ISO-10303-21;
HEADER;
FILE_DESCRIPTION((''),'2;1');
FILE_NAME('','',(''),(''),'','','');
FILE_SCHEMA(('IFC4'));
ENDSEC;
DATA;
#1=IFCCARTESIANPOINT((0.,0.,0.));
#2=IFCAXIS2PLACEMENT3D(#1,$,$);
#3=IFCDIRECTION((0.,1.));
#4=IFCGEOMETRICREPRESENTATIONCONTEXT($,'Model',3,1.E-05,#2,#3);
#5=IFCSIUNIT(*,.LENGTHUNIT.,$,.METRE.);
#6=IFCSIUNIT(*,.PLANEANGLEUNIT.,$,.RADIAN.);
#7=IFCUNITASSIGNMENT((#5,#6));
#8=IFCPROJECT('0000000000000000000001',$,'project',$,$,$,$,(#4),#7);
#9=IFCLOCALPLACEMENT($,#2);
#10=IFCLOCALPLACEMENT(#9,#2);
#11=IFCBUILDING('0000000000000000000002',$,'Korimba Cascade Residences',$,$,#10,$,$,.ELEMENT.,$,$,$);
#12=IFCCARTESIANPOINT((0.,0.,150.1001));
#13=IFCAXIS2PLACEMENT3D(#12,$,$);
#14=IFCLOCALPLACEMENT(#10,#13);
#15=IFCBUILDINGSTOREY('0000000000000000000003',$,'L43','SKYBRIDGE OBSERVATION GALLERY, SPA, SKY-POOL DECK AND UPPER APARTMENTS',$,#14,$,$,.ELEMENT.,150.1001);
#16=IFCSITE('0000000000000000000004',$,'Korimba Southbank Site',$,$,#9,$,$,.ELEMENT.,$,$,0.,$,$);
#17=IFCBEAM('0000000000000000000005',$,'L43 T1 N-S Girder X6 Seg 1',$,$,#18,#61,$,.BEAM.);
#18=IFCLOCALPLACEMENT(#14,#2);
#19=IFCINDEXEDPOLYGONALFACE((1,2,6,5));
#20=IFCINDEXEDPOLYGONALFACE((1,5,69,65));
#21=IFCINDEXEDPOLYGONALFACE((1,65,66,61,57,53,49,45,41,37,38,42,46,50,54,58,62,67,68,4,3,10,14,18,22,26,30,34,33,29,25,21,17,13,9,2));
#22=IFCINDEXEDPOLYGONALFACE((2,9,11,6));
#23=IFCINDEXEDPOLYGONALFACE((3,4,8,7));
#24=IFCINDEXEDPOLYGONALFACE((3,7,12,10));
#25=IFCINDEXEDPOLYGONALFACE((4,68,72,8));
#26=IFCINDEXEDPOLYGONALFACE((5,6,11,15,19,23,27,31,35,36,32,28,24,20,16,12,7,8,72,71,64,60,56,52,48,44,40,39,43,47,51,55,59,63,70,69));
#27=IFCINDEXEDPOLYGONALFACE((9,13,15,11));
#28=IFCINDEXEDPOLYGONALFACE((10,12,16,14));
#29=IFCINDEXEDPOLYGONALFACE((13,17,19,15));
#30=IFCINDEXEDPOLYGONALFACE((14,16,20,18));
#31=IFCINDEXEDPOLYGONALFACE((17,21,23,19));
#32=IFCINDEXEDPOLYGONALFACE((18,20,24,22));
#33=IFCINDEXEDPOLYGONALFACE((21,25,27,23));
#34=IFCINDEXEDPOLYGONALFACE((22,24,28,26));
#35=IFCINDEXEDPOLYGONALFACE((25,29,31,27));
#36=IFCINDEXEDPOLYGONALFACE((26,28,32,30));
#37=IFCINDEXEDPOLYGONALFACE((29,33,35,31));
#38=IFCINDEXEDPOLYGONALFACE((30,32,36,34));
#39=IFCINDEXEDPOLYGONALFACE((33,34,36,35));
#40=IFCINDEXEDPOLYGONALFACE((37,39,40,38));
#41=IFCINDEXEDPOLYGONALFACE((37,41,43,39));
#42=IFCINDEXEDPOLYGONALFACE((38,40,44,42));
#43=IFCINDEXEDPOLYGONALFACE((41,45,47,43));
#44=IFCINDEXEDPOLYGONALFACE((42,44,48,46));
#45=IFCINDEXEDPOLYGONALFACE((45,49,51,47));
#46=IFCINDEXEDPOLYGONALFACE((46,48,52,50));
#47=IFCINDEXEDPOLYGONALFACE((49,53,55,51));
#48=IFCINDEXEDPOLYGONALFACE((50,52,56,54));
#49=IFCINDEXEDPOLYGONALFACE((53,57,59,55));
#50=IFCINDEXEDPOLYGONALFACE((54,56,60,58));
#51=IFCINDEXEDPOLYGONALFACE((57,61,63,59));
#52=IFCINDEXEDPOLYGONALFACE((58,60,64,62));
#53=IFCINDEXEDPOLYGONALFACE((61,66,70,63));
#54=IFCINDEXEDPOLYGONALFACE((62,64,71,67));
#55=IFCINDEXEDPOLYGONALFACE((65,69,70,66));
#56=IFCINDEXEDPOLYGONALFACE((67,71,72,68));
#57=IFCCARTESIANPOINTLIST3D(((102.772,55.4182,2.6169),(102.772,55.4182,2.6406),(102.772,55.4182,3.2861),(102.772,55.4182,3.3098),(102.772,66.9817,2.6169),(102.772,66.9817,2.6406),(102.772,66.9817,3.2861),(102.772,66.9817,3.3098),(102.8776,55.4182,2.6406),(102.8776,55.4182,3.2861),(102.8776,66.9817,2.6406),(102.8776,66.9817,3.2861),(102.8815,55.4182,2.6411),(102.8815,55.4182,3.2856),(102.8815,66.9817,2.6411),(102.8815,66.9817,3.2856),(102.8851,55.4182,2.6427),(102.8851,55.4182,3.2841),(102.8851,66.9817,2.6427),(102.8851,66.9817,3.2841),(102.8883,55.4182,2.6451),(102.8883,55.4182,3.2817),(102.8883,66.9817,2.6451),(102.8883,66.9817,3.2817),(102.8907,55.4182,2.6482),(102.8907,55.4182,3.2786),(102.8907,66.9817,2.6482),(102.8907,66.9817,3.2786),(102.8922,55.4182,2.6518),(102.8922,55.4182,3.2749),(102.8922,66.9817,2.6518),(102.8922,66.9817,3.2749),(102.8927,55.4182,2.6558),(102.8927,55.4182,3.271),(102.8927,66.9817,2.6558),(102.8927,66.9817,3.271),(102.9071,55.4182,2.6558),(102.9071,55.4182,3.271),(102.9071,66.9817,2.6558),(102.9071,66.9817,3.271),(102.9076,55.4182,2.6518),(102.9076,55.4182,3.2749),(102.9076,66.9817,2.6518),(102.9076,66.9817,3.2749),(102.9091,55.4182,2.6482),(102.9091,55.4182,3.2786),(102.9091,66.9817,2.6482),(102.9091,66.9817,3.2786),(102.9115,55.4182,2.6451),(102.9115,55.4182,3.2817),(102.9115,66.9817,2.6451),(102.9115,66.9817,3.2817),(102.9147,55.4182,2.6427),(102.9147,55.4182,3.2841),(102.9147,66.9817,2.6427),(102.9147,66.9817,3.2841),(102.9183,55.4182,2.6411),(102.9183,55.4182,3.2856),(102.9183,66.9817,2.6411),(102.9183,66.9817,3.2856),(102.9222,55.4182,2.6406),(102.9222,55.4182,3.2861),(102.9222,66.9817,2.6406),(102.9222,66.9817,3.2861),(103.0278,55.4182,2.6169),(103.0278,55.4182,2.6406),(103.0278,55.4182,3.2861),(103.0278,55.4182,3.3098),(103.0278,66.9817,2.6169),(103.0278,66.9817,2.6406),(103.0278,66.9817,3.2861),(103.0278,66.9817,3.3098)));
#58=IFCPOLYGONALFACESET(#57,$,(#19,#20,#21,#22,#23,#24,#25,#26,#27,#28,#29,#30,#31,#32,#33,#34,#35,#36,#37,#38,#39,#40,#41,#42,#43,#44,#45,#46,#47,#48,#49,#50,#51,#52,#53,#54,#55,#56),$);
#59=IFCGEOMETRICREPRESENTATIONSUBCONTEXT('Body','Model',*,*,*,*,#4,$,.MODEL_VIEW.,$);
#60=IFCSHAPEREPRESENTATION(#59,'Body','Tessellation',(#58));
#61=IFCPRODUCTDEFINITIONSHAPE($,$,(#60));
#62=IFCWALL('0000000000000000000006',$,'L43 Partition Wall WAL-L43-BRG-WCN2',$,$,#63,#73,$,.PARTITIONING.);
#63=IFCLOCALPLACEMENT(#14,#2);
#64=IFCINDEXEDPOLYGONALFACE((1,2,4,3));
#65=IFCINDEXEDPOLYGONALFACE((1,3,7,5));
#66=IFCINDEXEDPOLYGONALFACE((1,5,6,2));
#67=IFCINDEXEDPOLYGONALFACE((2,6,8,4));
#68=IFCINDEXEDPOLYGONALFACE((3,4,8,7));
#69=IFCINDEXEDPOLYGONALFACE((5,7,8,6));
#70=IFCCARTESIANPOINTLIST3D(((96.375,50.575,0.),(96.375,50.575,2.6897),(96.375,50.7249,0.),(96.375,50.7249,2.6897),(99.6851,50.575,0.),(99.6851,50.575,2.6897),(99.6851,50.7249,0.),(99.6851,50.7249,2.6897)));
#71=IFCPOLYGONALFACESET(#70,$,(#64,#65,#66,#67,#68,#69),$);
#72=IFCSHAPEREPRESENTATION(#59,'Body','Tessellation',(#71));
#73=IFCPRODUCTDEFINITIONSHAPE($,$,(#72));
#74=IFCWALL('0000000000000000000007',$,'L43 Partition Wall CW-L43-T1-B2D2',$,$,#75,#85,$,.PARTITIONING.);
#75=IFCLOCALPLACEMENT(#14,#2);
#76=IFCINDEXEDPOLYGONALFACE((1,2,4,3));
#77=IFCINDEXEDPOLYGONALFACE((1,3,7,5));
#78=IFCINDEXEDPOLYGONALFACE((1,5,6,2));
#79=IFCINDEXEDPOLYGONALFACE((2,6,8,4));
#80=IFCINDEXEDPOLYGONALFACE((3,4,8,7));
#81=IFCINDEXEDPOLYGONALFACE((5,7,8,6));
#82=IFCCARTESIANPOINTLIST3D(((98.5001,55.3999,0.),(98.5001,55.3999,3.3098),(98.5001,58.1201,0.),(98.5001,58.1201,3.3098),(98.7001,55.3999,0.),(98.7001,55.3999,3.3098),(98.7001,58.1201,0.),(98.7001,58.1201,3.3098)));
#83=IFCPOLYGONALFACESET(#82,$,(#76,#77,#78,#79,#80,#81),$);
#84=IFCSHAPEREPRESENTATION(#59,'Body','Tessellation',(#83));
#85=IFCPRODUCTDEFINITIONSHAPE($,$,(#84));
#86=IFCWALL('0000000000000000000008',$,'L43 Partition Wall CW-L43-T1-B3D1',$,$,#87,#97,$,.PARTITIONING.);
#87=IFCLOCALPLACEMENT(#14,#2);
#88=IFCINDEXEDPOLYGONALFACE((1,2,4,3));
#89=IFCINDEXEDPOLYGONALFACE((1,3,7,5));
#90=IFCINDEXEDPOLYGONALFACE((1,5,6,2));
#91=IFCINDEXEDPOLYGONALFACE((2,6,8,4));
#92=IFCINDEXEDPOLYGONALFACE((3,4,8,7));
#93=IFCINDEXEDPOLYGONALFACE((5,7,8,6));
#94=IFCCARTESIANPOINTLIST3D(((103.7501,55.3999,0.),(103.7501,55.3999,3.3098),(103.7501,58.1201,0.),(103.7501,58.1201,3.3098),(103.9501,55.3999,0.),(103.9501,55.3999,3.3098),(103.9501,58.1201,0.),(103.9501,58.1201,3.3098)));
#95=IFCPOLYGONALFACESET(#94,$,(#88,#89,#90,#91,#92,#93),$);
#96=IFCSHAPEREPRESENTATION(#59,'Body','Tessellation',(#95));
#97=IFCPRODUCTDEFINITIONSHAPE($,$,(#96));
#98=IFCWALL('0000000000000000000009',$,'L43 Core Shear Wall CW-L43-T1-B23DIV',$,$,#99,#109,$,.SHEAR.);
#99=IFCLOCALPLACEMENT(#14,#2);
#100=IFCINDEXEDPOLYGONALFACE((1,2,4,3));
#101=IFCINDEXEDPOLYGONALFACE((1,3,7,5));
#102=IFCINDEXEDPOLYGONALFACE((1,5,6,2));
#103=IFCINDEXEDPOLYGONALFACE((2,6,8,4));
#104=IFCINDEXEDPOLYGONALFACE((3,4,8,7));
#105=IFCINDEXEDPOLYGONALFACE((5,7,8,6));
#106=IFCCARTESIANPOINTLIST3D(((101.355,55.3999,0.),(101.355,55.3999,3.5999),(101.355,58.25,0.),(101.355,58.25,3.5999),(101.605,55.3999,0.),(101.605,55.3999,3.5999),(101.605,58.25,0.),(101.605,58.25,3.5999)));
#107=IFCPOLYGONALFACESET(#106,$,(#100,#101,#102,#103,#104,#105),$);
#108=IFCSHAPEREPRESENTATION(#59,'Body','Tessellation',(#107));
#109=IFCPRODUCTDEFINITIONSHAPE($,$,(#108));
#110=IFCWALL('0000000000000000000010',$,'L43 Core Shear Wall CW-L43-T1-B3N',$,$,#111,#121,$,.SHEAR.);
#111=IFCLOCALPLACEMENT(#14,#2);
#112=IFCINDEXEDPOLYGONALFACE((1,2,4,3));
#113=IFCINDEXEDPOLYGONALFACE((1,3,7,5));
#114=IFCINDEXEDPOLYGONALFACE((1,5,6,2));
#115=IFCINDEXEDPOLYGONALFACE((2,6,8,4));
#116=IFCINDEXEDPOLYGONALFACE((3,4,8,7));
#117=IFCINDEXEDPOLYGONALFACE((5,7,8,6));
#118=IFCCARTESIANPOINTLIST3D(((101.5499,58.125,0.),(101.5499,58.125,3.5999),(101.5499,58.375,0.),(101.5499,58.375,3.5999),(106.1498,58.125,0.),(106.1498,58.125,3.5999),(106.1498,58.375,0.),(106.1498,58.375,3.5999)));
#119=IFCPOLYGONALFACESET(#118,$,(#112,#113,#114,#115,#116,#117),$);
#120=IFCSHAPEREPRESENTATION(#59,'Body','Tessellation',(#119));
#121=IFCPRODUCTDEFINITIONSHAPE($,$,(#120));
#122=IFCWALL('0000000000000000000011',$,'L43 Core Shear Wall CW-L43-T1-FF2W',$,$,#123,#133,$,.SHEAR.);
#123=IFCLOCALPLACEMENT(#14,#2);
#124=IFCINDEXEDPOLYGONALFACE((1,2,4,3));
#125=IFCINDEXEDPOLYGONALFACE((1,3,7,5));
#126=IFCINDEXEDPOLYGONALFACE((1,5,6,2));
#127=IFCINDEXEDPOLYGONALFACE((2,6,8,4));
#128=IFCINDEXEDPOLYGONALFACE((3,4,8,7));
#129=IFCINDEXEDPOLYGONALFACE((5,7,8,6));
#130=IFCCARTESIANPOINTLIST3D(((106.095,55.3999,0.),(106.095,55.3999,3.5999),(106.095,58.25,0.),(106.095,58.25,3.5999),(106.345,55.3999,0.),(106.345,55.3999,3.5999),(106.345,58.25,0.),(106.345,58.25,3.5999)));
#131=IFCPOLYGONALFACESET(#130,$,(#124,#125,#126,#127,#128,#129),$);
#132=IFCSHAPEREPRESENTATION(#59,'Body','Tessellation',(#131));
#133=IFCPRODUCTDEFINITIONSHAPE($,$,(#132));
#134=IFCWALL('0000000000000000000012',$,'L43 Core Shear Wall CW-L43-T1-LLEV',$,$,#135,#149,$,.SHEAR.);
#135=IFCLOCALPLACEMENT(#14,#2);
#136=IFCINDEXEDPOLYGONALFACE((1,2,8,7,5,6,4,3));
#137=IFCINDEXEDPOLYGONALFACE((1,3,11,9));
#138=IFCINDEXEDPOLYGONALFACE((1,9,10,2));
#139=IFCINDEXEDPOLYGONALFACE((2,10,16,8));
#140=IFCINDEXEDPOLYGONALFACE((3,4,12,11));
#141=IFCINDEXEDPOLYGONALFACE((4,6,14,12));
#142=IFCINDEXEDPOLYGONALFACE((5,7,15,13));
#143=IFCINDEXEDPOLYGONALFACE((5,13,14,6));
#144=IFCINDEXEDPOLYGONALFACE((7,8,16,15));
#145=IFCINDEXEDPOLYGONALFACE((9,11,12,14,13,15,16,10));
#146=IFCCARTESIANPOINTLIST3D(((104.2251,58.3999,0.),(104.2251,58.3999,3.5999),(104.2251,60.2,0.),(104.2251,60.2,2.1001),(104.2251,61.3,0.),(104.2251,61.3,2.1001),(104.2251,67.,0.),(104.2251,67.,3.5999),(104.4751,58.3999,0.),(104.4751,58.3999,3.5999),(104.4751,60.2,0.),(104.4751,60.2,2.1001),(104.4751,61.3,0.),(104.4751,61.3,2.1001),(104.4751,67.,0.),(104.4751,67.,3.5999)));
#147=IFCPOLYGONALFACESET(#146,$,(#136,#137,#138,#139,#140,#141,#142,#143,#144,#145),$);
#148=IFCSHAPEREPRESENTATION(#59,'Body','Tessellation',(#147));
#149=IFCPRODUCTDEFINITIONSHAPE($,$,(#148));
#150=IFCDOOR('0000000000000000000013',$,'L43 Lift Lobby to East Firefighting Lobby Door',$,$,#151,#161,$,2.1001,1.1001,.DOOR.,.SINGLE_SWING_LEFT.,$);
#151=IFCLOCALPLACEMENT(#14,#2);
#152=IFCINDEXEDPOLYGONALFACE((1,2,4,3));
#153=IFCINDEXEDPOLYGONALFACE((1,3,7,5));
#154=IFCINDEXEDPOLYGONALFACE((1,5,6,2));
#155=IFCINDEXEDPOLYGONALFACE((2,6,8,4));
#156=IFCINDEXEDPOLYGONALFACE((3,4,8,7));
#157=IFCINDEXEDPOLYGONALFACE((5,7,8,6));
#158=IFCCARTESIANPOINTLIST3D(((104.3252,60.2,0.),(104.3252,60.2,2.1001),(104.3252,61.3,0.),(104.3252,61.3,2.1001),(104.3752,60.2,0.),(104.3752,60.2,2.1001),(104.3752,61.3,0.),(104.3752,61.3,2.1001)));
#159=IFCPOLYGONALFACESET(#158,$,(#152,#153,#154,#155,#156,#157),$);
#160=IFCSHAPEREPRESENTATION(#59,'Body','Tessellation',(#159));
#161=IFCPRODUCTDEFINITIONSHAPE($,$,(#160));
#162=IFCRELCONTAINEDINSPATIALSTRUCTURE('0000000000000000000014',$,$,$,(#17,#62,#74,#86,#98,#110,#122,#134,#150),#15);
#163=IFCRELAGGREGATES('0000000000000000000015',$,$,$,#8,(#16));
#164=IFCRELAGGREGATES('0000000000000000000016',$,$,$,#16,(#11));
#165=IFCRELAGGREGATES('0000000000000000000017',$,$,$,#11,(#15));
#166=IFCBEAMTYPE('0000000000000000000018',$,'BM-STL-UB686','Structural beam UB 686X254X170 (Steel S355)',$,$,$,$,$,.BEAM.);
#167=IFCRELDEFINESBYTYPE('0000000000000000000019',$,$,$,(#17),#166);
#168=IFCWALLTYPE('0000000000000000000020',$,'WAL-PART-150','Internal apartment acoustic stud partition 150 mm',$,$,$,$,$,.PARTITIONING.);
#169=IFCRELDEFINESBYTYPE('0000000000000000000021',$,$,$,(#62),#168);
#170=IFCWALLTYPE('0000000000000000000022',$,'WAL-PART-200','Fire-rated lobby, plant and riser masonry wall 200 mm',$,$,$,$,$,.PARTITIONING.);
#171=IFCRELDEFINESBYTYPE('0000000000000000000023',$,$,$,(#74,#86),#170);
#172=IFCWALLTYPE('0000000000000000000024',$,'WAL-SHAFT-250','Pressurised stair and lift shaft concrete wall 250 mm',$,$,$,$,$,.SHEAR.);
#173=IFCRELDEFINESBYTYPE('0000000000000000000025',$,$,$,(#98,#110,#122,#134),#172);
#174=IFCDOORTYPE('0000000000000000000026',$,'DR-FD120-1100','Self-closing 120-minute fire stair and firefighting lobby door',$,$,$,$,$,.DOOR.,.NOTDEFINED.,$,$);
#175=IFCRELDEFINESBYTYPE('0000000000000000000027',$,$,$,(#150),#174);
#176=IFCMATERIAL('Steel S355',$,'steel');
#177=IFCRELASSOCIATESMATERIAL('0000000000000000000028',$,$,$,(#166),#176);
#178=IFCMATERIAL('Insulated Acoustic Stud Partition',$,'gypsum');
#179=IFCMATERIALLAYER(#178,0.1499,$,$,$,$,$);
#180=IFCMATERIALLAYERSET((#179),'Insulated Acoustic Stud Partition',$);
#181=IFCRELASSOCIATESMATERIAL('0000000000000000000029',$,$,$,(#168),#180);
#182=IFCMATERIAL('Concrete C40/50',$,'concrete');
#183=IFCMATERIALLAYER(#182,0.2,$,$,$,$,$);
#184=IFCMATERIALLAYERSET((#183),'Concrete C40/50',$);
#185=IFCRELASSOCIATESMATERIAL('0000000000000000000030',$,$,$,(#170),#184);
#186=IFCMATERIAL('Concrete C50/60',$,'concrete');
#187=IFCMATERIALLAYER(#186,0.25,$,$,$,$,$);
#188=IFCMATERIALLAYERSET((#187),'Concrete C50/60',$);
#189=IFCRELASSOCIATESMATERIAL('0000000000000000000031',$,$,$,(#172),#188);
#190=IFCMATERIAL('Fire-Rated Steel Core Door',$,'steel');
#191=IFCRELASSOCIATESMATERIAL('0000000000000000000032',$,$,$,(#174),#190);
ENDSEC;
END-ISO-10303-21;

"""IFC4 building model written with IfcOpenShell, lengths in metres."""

from ifc_helpers import new_model, si_unit, direction, frame, frame_2d, origin, origin_2d, place, context, subcontext, project, spatial, rectangle, i_section, extrude, material, layer, layer_set, material_profile, profile_set, type_object, element, fill, save


model = new_model("IFC4")

# Units and contexts
model_context = context("Model", 3, precision=1e-05, world=origin(), true_north=direction((0.0, 1.0)))
body_context = subcontext(model_context, "Body", "Model", "MODEL_VIEW")
ifc_project = project(units=[si_unit("LENGTHUNIT", "METRE"), si_unit("PLANEANGLEUNIT", "RADIAN")], contexts=[model_context])

# Site, building, storey
site_placement = place(None, origin())
site = spatial("IfcSite", under=ifc_project, at=site_placement, Name="Korimba Southbank Site", CompositionType="ELEMENT", RefElevation=0.0)
building_placement = place(site_placement, origin())
building = spatial("IfcBuilding", under=site, at=building_placement, Name="Korimba Cascade Residences", CompositionType="ELEMENT")
storey_placement = place(building_placement, frame((0.0, 0.0, 150.1001)))
storey = spatial("IfcBuildingStorey", under=building, at=storey_placement, Name="L43", Description="SKYBRIDGE OBSERVATION GALLERY, SPA, SKY-POOL DECK AND UPPER APARTMENTS", CompositionType="ELEMENT", Elevation=150.1001)

# Beam
ifc_material_1 = material(Name="Steel S355", Category="steel")
ifc_material_profile_1 = material_profile(ifc_material_1, i_section(OverallWidth=0.2559, OverallDepth=0.6929, WebThickness=0.0144, FlangeThickness=0.0237, FilletRadius=0.0151, at=origin_2d()), Name="Steel S355")
ifc_profile_set_1 = profile_set([ifc_material_profile_1], Name="Steel S355")
beam_type_1 = type_object("IfcBeamType", Name="BM-STL-UB686", Description="Structural beam UB 686X254X170 (Steel S355)", PredefinedType="BEAM", material=ifc_profile_set_1)
beam_1_placement = place(storey_placement, frame((102.8999, 55.4182, 2.9634), z_axis=(0.0, 1.0, 0.0), x_axis=(-1.0, 0.0, 0.0)))
element("IfcBeam", 1, at=beam_1_placement, inside=storey, type_object=beam_type_1, Name="L43 T1 N-S Girder X6 Seg 1", PredefinedType="BEAM", context=body_context, shape_type="SweptSolid", body=[
    extrude(i_section(OverallWidth=0.2559, OverallDepth=0.6929, WebThickness=0.0144, FlangeThickness=0.0237, FilletRadius=0.0151, at=origin_2d()), origin(), (0.0, 0.0, 1.0), 11.5635),
])

# Walls
ifc_material_2 = material(Name="Insulated Acoustic Stud Partition", Category="gypsum")
ifc_layer_1 = layer(ifc_material_2, 0.1499)
ifc_layer_set_1 = layer_set([ifc_layer_1], Name="Insulated Acoustic Stud Partition")
wall_type_1 = type_object("IfcWallType", Name="WAL-PART-150", Description="Internal apartment acoustic stud partition 150 mm", PredefinedType="PARTITIONING", material=ifc_layer_set_1)
wall_1_placement = place(storey_placement, frame((96.375, 50.6499, 0.0), z_axis=(0.0, 0.0, 1.0), x_axis=(1.0, 0.0, 0.0)))
element("IfcWall", 2, at=wall_1_placement, inside=storey, type_object=wall_type_1, Name="L43 Partition Wall WAL-L43-BRG-WCN2", PredefinedType="PARTITIONING", context=body_context, shape_type="SweptSolid", body=[
    extrude(rectangle(XDim=3.3101, YDim=0.1499, at=frame_2d((1.655, 0.0))), origin(), (0.0, 0.0, 1.0), 2.6897),
])
ifc_material_3 = material(Name="Concrete C40/50", Category="concrete")
ifc_layer_2 = layer(ifc_material_3, 0.2)
ifc_layer_set_2 = layer_set([ifc_layer_2], Name="Concrete C40/50")
wall_type_2 = type_object("IfcWallType", Name="WAL-PART-200", Description="Fire-rated lobby, plant and riser masonry wall 200 mm", PredefinedType="PARTITIONING", material=ifc_layer_set_2)
for number, where, z_axis, x_axis, name in (
    (3, (98.6001, 55.3999, 0.0), (0.0, 0.0, 1.0), (0.0, 1.0, 0.0), "L43 Partition Wall CW-L43-T1-B2D2"),
    (4, (103.8501, 55.3999, 0.0), (0.0, 0.0, 1.0), (0.0, 1.0, 0.0), "L43 Partition Wall CW-L43-T1-B3D1"),
):
    element("IfcWall", number, at=place(storey_placement, frame(where, z_axis=z_axis, x_axis=x_axis)), inside=storey, type_object=wall_type_2, Name=name, PredefinedType="PARTITIONING", context=body_context, shape_type="SweptSolid", body=[
        extrude(rectangle(XDim=2.7202, YDim=0.2, at=frame_2d((1.3601, 0.0))), origin(), (0.0, 0.0, 1.0), 3.3098),
    ])
ifc_material_4 = material(Name="Concrete C50/60", Category="concrete")
ifc_layer_3 = layer(ifc_material_4, 0.25)
ifc_layer_set_3 = layer_set([ifc_layer_3], Name="Concrete C50/60")
wall_type_3 = type_object("IfcWallType", Name="WAL-SHAFT-250", Description="Pressurised stair and lift shaft concrete wall 250 mm", PredefinedType="SHEAR", material=ifc_layer_set_3)
wall_2_placement = place(storey_placement, frame((101.48, 55.3999, 0.0), z_axis=(0.0, 0.0, 1.0), x_axis=(0.0, 1.0, 0.0)))
element("IfcWall", 5, at=wall_2_placement, inside=storey, type_object=wall_type_3, Name="L43 Core Shear Wall CW-L43-T1-B23DIV", PredefinedType="SHEAR", context=body_context, shape_type="SweptSolid", body=[
    extrude(rectangle(XDim=2.8501, YDim=0.25, at=frame_2d((1.425, 0.0))), origin(), (0.0, 0.0, 1.0), 3.5999),
])
wall_3_placement = place(storey_placement, frame((101.55, 58.25, 0.0), z_axis=(0.0, 0.0, 1.0), x_axis=(1.0, 0.0, 0.0)))
element("IfcWall", 6, at=wall_3_placement, inside=storey, type_object=wall_type_3, Name="L43 Core Shear Wall CW-L43-T1-B3N", PredefinedType="SHEAR", context=body_context, shape_type="SweptSolid", body=[
    extrude(rectangle(XDim=4.5999, YDim=0.25, at=frame_2d((2.2998, 0.0))), origin(), (0.0, 0.0, 1.0), 3.5999),
])
wall_4_placement = place(storey_placement, frame((106.22, 55.3999, 0.0), z_axis=(0.0, 0.0, 1.0), x_axis=(0.0, 1.0, 0.0)))
element("IfcWall", 7, at=wall_4_placement, inside=storey, type_object=wall_type_3, Name="L43 Core Shear Wall CW-L43-T1-FF2W", PredefinedType="SHEAR", context=body_context, shape_type="SweptSolid", body=[
    extrude(rectangle(XDim=2.8501, YDim=0.25, at=frame_2d((1.425, 0.0))), origin(), (0.0, 0.0, 1.0), 3.5999),
])

# Wall, opening, door
wall_5_placement = place(storey_placement, frame((104.3501, 58.3999, 0.0), z_axis=(0.0, 0.0, 1.0), x_axis=(0.0, 1.0, 0.0)))
wall_5 = element("IfcWall", 8, at=wall_5_placement, inside=storey, type_object=wall_type_3, Name="L43 Core Shear Wall CW-L43-T1-LLEV", PredefinedType="SHEAR", context=body_context, shape_type="SweptSolid", body=[
    extrude(rectangle(XDim=8.6001, YDim=0.25, at=frame_2d((4.3, 0.0))), origin(), (0.0, 0.0, 1.0), 3.5999),
])
opening_1_placement = place(wall_5_placement, frame((1.8, 0.0, 0.0)))
opening_1 = element("IfcOpeningElement", 9, at=opening_1_placement, cuts=wall_5, PredefinedType="OPENING", context=body_context, shape_type="SweptSolid", body=[
    extrude(rectangle(XDim=1.1001, YDim=2.1001, at=frame_2d((0.55, 1.05))), frame((0.0, 0.135, 0.0), z_axis=(0.0, -1.0, 0.0), x_axis=(1.0, 0.0, 0.0)), (0.0, 0.0, 1.0), 0.27),
])
ifc_material_5 = material(Name="Fire-Rated Steel Core Door", Category="steel")
door_type_1 = type_object("IfcDoorType", Name="DR-FD120-1100", Description="Self-closing 120-minute fire stair and firefighting lobby door", OperationType="NOTDEFINED", PredefinedType="DOOR", material=ifc_material_5)
door_1_placement = place(opening_1_placement, origin())
door_1 = element("IfcDoor", 10, at=door_1_placement, inside=storey, type_object=door_type_1, Name="L43 Lift Lobby to East Firefighting Lobby Door", OperationType="SINGLE_SWING_LEFT", OverallHeight=2.1001, OverallWidth=1.1001, PredefinedType="DOOR", context=body_context, shape_type="SweptSolid", body=[
    extrude(rectangle(XDim=1.1001, YDim=2.1001, at=frame_2d((0.55, 1.05))), frame((0.0, 0.0249, 0.0), z_axis=(0.0, -1.0, 0.0), x_axis=(1.0, 0.0, 0.0)), (0.0, 0.0, 1.0), 0.05),
])
fill(opening_1, door_1)

save(model, "model.ifc")
